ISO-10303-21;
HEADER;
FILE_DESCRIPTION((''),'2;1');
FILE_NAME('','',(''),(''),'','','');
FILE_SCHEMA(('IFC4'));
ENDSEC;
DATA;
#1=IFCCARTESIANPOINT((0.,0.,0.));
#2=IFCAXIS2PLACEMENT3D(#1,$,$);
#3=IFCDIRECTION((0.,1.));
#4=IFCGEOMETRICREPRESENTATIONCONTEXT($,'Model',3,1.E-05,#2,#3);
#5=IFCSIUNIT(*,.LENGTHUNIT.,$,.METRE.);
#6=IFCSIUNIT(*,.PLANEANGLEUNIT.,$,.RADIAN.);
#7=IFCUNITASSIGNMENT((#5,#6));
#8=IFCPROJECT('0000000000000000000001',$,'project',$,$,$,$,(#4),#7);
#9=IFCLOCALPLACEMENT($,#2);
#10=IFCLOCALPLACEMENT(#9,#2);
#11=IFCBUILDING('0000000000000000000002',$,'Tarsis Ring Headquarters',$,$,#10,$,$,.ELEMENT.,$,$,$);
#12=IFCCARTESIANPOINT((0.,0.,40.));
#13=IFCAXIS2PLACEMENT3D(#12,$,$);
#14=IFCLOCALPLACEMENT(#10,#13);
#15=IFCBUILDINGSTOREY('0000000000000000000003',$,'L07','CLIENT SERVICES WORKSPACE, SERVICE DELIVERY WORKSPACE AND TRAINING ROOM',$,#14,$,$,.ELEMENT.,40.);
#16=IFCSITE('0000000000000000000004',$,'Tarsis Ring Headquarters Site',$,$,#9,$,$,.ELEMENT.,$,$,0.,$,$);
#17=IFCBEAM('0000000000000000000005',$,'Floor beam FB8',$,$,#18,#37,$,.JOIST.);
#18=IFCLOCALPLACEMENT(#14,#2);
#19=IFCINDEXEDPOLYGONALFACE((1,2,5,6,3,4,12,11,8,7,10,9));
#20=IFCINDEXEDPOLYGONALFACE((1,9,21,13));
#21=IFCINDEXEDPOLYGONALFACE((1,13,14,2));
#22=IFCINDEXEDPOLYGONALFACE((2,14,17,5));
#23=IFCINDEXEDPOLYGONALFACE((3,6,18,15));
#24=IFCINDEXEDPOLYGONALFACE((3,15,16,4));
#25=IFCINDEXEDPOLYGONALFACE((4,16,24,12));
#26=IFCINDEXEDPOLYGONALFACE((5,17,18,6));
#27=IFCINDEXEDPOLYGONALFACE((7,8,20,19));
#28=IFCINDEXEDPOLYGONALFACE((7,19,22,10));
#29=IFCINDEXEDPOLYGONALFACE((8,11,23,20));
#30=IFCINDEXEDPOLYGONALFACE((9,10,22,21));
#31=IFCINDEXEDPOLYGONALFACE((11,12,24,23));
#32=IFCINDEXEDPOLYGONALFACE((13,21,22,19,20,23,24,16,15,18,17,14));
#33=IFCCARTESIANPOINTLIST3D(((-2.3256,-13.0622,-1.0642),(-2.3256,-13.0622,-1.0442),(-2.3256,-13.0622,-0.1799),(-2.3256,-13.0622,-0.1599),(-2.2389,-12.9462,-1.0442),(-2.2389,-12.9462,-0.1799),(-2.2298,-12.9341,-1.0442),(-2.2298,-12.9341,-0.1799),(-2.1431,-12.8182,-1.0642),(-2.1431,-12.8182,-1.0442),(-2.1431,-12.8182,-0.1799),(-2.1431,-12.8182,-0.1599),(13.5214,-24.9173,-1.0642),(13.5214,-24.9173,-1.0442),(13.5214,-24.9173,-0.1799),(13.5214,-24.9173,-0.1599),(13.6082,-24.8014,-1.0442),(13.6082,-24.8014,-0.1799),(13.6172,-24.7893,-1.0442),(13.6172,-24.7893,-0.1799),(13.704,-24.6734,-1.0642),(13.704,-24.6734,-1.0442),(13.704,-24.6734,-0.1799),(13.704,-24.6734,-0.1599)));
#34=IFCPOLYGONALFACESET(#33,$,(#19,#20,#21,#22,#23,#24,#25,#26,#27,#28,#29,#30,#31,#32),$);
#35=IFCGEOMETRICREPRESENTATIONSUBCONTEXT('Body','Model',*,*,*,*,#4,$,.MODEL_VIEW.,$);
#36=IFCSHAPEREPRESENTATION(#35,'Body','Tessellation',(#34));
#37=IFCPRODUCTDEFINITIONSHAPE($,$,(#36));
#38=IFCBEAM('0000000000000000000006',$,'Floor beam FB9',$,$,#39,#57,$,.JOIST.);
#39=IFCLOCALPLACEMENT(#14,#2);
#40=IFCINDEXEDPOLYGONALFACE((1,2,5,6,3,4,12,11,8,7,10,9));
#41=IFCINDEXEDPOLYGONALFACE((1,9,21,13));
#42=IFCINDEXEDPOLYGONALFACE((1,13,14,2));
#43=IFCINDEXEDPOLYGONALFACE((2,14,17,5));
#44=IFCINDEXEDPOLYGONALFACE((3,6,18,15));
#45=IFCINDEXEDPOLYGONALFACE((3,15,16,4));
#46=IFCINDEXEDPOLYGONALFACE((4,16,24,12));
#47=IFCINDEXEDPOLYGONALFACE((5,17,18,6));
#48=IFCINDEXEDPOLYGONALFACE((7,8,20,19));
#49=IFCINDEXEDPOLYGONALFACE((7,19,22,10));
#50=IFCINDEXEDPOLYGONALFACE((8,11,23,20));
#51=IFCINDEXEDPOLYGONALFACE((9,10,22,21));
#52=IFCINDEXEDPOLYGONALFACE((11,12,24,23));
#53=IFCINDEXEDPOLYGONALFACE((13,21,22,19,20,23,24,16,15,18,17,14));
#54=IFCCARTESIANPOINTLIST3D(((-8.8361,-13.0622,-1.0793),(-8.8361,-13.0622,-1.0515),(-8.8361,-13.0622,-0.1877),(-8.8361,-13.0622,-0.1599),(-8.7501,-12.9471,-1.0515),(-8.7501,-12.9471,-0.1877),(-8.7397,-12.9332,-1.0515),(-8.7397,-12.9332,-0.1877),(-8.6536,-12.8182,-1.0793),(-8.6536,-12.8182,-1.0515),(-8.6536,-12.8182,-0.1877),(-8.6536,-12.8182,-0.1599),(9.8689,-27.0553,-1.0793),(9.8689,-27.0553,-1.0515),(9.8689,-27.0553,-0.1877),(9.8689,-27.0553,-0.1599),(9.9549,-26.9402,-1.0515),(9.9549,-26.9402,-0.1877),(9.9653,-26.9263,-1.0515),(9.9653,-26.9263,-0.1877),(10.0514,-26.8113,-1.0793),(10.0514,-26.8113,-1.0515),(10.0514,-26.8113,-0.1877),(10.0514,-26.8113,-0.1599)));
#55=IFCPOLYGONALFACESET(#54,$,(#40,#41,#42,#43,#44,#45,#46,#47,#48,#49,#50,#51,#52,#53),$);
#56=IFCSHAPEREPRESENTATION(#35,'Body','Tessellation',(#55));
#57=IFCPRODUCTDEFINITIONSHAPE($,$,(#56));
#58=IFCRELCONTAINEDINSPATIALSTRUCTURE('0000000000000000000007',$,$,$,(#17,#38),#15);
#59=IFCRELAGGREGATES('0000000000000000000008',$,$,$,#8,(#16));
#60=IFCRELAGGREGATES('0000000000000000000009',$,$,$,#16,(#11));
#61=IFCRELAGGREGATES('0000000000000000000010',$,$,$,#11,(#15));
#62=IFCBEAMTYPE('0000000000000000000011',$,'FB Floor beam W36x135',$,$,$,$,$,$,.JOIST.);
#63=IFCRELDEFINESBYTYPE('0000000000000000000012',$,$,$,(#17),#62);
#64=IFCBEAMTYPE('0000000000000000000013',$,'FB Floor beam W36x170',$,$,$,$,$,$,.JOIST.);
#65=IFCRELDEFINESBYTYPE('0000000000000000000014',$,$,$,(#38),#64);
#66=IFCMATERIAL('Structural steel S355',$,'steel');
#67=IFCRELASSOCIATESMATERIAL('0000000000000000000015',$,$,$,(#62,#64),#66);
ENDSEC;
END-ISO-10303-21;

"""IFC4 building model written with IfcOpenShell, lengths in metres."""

from ifc_helpers import new_model, si_unit, direction, frame, origin, origin_2d, place, context, subcontext, project, spatial, i_section, extrude, material, material_profile, profile_set, type_object, element, save


model = new_model("IFC4")

# Units and contexts
model_context = context("Model", 3, precision=1e-05, world=origin(), true_north=direction((0.0, 1.0)))
body_context = subcontext(model_context, "Body", "Model", "MODEL_VIEW")
ifc_project = project(units=[si_unit("LENGTHUNIT", "METRE"), si_unit("PLANEANGLEUNIT", "RADIAN")], contexts=[model_context])

# Site, building, storey
site_placement = place(None, origin())
site = spatial("IfcSite", under=ifc_project, at=site_placement, Name="Tarsis Ring Headquarters Site", CompositionType="ELEMENT", RefElevation=0.0)
building_placement = place(site_placement, origin())
building = spatial("IfcBuilding", under=site, at=building_placement, Name="Tarsis Ring Headquarters", CompositionType="ELEMENT")
storey_placement = place(building_placement, frame((0.0, 0.0, 40.0)))
storey = spatial("IfcBuildingStorey", under=building, at=storey_placement, Name="L07", Description="CLIENT SERVICES WORKSPACE, SERVICE DELIVERY WORKSPACE AND TRAINING ROOM", CompositionType="ELEMENT", Elevation=40.0)

# Beams
ifc_material_1 = material(Name="Structural steel S355", Category="steel")
ifc_material_profile_1 = material_profile(ifc_material_1, i_section(OverallWidth=0.3047, OverallDepth=0.9043, WebThickness=0.0151, FlangeThickness=0.02, at=origin_2d()), Name="W36x135")
ifc_profile_set_1 = profile_set([ifc_material_profile_1], Name="Structural steel S355")
beam_type_1 = type_object("IfcBeamType", Name="FB Floor beam W36x135", PredefinedType="JOIST", material=ifc_profile_set_1)
beam_1_placement = place(storey_placement, frame((-2.2344, -12.9402, -0.6121), z_axis=(0.800731, -0.599025, 0.0), x_axis=(0.599025, 0.800731, 0.0)))
element("IfcBeam", 1, at=beam_1_placement, inside=storey, type_object=beam_type_1, Name="Floor beam FB8", PredefinedType="JOIST", context=body_context, shape_type="SweptSolid", body=[
    extrude(i_section(OverallWidth=0.3047, OverallDepth=0.9043, WebThickness=0.0151, FlangeThickness=0.02, at=origin_2d()), origin(), (0.0, 0.0, 1.0), 19.7908),
])
ifc_material_profile_2 = material_profile(ifc_material_1, i_section(OverallWidth=0.3047, OverallDepth=0.9194, WebThickness=0.0173, FlangeThickness=0.0278, at=origin_2d()), Name="W36x170")
ifc_profile_set_2 = profile_set([ifc_material_profile_2], Name="Structural steel S355")
beam_type_2 = type_object("IfcBeamType", Name="FB Floor beam W36x170", PredefinedType="JOIST", material=ifc_profile_set_2)
beam_2_placement = place(storey_placement, frame((-8.7449, -12.9402, -0.6196), z_axis=(0.800732, -0.599023, 0.0), x_axis=(0.599023, 0.800732, 0.0)))
element("IfcBeam", 2, at=beam_2_placement, inside=storey, type_object=beam_type_2, Name="Floor beam FB9", PredefinedType="JOIST", context=body_context, shape_type="SweptSolid", body=[
    extrude(i_section(OverallWidth=0.3047, OverallDepth=0.9194, WebThickness=0.0173, FlangeThickness=0.0278, at=origin_2d()), origin(), (0.0, 0.0, 1.0), 23.3599),
])

save(model, "model.ifc")
